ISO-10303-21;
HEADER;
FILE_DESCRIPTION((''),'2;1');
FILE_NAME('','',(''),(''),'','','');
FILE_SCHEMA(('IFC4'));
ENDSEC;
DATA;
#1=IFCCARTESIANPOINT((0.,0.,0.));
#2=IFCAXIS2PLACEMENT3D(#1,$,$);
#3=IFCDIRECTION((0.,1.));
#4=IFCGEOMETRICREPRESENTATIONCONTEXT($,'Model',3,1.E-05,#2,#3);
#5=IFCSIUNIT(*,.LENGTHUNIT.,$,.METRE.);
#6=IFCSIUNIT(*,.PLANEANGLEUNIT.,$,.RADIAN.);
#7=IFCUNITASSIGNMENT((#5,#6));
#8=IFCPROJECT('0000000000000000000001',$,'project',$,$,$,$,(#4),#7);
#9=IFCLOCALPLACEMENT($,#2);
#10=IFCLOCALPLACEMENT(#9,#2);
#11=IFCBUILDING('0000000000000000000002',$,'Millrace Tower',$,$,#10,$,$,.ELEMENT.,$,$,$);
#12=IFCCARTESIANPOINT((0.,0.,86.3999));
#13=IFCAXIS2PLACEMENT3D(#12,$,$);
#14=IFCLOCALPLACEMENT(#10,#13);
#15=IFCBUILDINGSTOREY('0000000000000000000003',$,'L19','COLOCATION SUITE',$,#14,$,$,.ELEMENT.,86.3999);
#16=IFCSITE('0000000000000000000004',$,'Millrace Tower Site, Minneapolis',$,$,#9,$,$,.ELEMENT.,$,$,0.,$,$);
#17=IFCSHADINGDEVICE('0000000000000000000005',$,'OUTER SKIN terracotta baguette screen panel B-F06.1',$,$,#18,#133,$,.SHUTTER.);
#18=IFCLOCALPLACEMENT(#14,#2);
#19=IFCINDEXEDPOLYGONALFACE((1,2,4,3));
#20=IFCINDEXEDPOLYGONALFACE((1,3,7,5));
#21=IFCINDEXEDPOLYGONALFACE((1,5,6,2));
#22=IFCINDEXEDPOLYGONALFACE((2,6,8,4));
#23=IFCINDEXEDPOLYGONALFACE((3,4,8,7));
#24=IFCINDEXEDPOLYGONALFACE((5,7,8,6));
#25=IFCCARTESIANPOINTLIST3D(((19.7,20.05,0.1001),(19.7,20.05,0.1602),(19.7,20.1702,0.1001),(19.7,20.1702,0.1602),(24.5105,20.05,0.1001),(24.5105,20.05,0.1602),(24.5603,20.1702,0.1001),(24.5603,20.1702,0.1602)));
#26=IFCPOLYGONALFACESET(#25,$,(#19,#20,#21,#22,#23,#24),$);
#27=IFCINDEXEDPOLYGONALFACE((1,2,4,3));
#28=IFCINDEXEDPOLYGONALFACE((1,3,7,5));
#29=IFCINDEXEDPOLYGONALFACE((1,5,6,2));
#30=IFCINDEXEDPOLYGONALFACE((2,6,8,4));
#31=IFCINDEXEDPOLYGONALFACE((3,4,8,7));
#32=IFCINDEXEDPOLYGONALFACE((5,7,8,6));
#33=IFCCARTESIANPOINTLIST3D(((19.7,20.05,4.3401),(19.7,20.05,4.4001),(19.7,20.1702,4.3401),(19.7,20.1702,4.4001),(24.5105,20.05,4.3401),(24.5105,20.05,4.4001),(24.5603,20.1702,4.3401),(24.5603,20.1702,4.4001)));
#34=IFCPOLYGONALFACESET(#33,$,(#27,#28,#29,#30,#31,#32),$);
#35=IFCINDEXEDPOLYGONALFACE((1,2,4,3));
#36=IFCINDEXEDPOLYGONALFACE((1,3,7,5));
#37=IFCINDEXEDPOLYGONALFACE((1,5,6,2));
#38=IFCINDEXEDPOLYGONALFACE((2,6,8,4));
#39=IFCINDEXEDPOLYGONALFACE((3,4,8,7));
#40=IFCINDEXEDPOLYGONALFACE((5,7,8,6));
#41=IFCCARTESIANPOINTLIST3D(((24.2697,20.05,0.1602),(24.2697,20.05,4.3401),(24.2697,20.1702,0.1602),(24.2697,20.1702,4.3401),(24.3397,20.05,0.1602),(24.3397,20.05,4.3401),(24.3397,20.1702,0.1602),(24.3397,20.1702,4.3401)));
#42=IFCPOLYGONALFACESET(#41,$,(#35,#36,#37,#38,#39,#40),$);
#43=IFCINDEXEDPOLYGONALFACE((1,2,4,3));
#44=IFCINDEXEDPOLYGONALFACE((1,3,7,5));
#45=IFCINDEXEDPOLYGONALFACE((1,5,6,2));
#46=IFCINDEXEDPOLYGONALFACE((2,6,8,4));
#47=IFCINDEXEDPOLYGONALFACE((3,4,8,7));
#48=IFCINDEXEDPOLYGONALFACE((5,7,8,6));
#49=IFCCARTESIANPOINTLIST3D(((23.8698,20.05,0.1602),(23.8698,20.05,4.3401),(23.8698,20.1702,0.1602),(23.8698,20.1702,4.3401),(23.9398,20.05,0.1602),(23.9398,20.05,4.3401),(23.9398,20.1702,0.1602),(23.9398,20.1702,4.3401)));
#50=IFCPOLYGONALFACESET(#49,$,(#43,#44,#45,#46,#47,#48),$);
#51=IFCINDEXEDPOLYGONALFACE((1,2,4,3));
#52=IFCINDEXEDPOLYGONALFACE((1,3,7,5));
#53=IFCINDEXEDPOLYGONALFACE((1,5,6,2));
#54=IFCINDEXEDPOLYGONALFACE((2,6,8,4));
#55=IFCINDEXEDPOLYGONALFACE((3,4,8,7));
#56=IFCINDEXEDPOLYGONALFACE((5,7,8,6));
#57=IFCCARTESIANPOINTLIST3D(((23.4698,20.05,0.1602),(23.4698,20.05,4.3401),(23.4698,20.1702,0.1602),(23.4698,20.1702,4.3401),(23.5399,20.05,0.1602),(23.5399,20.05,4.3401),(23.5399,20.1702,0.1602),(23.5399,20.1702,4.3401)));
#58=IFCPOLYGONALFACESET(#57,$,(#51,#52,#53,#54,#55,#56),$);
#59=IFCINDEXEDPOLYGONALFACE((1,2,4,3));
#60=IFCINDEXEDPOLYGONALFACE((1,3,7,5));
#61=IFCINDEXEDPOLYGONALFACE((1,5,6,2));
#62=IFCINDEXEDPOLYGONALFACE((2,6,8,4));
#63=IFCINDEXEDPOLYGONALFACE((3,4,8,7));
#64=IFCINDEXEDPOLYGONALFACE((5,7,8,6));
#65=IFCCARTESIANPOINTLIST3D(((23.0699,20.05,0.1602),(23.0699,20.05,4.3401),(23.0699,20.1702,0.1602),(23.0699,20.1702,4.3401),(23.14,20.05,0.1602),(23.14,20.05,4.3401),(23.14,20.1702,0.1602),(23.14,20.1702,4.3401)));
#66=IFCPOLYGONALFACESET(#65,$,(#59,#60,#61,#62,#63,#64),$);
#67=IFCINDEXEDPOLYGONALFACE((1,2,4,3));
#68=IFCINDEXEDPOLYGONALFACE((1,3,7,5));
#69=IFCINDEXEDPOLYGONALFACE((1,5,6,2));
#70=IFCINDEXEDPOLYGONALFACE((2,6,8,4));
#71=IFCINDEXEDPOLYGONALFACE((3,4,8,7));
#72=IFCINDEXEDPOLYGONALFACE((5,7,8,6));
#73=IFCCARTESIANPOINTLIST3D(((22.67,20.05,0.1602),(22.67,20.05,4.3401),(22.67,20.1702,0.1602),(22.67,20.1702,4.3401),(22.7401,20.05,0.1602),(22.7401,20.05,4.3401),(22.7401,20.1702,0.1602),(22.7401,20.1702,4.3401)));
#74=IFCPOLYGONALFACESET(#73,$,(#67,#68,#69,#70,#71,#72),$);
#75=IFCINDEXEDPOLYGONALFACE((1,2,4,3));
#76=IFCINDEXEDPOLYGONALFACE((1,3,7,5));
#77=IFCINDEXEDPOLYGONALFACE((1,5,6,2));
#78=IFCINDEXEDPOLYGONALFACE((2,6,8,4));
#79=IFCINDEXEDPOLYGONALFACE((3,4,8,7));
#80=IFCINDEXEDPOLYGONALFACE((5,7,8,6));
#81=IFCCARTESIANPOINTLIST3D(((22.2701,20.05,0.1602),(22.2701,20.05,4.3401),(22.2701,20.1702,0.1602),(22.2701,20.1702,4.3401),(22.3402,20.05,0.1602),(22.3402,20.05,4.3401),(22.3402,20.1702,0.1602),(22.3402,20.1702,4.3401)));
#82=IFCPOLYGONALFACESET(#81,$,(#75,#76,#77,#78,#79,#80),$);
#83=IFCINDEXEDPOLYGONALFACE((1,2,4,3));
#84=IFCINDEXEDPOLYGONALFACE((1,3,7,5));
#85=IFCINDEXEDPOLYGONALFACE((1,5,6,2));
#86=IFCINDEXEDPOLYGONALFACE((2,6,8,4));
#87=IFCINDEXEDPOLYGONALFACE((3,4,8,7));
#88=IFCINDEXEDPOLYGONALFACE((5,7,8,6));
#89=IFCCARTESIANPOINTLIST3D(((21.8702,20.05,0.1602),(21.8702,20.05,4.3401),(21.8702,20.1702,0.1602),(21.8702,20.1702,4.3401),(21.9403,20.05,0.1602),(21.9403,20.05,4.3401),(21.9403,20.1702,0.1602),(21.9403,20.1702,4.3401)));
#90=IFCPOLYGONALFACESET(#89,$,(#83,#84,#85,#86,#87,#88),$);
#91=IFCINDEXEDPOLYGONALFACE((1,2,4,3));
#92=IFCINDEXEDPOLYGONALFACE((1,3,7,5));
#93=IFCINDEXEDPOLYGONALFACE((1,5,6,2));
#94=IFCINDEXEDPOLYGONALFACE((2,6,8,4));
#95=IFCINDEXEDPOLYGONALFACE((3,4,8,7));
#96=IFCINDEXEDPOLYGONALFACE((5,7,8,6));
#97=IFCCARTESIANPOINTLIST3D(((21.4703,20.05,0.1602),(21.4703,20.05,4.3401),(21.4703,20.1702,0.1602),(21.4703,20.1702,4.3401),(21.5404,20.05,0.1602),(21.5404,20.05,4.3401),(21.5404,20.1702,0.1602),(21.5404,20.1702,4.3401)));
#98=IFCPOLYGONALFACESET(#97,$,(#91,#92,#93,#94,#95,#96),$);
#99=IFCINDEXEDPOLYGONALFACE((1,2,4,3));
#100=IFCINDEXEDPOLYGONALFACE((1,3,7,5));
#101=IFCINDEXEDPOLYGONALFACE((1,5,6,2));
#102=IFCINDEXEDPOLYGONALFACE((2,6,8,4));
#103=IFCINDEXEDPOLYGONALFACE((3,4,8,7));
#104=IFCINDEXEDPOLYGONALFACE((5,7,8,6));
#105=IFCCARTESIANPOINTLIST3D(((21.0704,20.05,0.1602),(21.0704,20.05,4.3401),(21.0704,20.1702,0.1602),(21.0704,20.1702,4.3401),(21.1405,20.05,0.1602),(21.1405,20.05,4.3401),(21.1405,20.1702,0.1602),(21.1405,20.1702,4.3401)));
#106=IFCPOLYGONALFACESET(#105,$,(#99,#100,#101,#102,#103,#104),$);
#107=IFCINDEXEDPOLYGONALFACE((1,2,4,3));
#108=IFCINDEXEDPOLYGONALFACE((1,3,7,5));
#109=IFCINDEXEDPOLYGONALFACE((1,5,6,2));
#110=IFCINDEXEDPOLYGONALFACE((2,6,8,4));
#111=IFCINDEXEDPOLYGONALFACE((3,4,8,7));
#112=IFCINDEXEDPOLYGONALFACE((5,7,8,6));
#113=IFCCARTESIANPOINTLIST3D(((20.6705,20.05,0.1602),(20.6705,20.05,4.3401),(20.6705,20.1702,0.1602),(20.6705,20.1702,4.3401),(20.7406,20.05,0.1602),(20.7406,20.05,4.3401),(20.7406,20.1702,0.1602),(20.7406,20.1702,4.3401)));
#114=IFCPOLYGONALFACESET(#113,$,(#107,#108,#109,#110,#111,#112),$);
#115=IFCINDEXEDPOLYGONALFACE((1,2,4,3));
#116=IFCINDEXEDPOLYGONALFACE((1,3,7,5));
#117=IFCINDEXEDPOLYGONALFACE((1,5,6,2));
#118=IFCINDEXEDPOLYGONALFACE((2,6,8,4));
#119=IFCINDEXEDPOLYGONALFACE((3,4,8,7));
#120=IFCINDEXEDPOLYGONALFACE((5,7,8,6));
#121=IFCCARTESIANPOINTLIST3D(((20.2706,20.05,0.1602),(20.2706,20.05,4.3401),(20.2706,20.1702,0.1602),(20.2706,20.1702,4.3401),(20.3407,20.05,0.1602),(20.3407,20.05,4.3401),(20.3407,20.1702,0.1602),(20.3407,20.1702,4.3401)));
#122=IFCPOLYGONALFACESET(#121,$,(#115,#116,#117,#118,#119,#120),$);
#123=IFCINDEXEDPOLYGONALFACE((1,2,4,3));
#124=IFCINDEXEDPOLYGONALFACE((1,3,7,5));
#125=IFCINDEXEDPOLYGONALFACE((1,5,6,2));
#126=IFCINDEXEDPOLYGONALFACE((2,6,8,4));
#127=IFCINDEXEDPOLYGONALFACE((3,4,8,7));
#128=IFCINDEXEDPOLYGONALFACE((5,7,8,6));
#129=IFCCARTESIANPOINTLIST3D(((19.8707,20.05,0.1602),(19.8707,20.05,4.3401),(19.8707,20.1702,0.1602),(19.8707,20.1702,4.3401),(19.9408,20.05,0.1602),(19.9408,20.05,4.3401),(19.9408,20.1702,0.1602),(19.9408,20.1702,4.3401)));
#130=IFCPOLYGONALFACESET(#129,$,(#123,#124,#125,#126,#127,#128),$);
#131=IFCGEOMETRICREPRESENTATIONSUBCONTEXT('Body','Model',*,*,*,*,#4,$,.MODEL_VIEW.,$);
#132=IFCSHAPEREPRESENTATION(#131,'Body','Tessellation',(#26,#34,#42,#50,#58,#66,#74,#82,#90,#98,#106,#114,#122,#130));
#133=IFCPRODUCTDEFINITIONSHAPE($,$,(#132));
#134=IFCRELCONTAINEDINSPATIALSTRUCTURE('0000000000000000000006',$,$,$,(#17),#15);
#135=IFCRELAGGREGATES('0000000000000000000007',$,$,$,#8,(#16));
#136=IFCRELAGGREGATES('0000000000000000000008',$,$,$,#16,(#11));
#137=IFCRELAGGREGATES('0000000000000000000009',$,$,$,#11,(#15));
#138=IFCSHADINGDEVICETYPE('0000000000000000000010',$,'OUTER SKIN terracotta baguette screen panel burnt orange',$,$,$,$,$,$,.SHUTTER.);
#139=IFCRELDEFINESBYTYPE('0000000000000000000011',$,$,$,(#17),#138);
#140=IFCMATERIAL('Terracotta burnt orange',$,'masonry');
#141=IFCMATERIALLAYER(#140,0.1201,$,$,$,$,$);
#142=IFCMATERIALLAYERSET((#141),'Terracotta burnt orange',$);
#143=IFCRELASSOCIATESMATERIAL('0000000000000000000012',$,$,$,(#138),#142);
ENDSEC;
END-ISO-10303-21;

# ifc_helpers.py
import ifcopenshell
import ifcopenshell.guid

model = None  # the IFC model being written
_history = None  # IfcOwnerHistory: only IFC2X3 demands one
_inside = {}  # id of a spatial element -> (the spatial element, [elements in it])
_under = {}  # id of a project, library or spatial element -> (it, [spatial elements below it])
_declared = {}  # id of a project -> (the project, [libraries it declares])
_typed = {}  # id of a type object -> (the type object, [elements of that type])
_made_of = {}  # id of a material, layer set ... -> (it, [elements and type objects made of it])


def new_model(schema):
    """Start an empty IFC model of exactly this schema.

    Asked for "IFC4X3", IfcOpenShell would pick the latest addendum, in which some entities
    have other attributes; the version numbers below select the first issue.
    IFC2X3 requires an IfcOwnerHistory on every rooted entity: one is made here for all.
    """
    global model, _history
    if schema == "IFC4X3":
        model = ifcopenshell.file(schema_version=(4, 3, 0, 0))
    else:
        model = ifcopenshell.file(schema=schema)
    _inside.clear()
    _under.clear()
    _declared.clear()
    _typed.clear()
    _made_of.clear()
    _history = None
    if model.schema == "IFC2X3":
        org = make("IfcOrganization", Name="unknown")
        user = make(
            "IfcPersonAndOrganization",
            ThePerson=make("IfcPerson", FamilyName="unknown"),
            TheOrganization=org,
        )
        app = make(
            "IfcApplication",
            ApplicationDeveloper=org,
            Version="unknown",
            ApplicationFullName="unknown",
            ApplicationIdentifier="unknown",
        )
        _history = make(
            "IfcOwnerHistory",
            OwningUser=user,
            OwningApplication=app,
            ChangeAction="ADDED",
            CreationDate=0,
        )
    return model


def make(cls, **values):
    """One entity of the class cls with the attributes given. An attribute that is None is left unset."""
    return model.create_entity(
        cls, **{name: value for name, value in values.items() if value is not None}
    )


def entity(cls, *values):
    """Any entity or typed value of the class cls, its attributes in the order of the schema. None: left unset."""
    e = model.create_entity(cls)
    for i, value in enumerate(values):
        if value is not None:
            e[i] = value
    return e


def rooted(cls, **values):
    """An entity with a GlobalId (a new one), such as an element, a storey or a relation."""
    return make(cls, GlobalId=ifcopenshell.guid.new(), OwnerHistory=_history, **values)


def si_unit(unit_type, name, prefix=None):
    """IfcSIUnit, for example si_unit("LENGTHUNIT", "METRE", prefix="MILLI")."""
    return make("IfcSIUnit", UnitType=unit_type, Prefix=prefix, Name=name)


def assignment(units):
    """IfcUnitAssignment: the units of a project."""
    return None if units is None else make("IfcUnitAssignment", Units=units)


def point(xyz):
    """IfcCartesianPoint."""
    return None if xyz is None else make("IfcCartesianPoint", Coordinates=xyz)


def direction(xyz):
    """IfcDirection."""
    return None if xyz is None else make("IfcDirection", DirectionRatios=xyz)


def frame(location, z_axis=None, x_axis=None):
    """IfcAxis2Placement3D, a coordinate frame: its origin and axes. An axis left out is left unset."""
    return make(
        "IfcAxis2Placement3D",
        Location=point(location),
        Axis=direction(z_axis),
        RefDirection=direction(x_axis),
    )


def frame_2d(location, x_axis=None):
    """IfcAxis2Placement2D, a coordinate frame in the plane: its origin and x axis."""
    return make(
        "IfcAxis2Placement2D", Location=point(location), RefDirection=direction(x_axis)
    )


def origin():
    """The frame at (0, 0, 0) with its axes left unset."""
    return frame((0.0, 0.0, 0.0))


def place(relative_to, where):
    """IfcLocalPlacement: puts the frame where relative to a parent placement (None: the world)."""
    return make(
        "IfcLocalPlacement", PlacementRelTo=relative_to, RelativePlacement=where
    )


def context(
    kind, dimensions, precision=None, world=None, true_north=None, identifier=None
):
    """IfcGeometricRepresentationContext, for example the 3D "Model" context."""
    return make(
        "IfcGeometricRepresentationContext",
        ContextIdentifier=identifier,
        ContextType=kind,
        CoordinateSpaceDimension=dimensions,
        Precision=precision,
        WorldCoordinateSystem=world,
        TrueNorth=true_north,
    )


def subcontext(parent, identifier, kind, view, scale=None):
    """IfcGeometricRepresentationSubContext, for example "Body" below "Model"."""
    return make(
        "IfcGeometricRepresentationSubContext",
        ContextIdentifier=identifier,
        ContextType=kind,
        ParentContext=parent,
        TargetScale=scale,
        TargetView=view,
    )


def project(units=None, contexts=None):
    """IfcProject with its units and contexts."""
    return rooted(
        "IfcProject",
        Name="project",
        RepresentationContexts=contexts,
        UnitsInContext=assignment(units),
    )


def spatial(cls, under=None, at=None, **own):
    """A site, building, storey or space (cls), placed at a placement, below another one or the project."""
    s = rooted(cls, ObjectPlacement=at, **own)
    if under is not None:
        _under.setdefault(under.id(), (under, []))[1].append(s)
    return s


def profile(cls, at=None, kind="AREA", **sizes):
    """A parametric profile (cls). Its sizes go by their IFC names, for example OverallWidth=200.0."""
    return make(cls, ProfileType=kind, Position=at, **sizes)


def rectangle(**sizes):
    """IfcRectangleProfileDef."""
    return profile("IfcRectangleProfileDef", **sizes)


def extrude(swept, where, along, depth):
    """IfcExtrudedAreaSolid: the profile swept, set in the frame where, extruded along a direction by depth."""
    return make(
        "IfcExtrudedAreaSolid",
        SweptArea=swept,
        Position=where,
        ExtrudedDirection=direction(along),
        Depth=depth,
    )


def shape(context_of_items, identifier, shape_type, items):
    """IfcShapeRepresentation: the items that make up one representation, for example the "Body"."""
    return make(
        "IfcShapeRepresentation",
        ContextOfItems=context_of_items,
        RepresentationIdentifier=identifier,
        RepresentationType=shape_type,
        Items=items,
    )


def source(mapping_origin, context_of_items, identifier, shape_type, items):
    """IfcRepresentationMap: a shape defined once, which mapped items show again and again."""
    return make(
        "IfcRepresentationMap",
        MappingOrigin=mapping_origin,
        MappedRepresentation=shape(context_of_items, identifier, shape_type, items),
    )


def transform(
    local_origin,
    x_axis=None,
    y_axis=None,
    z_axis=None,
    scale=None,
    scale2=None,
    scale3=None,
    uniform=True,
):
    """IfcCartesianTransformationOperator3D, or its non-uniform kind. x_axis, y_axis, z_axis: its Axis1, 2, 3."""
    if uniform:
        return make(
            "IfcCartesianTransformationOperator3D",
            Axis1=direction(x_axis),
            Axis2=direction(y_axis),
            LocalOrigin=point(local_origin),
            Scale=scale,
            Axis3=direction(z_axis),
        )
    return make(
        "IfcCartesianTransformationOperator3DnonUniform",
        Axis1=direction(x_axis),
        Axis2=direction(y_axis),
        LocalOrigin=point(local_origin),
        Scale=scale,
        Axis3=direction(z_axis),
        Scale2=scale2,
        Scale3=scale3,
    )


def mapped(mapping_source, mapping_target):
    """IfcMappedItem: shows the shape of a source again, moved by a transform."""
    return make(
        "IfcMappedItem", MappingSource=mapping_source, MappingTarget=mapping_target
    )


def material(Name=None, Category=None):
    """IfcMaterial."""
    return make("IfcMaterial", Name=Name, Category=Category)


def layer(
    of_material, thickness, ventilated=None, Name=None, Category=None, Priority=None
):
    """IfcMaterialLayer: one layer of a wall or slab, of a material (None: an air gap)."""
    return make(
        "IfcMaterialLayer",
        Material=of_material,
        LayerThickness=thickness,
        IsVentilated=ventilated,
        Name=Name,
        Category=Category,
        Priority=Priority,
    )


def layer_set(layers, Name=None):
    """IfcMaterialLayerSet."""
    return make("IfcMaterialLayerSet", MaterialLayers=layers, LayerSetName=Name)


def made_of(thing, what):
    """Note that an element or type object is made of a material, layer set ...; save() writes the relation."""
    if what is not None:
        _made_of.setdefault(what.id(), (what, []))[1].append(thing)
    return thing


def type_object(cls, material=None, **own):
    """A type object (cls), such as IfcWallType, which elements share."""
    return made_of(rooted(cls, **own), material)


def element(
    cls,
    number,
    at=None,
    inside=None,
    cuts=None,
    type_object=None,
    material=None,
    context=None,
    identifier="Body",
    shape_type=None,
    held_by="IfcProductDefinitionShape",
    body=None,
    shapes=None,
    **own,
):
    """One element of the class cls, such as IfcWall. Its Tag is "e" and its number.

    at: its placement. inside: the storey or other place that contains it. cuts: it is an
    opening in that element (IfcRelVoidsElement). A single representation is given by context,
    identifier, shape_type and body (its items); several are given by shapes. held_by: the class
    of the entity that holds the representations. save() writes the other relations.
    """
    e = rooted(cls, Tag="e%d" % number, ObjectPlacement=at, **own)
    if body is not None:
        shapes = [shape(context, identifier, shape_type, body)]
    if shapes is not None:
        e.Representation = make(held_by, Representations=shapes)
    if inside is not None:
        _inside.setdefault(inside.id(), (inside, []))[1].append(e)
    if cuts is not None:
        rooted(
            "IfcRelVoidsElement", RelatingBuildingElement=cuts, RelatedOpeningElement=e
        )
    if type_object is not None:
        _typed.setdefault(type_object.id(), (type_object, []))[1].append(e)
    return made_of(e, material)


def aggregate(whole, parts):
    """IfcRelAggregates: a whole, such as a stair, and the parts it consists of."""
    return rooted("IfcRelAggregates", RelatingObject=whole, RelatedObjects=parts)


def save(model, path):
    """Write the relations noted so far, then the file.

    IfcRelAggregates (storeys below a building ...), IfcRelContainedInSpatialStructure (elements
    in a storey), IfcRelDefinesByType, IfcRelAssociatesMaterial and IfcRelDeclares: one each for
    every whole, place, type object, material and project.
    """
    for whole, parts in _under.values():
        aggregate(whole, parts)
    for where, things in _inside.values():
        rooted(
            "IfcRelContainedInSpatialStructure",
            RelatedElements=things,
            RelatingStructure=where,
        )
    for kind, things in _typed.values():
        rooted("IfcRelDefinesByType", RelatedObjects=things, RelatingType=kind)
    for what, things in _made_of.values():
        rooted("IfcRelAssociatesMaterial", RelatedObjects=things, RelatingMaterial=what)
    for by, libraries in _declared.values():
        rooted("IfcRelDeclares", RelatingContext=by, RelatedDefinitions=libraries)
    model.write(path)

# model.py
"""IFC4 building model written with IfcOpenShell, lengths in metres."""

from ifc_helpers import new_model, entity, si_unit, direction, frame, frame_2d, origin, place, context, subcontext, project, spatial, rectangle, extrude, source, transform, mapped, material, layer, layer_set, type_object, element, save


model = new_model("IFC4")

# Units and contexts
model_context = context("Model", 3, precision=1e-05, world=origin(), true_north=direction((0.0, 1.0)))
body_context = subcontext(model_context, "Body", "Model", "MODEL_VIEW")
ifc_project = project(units=[si_unit("LENGTHUNIT", "METRE"), si_unit("PLANEANGLEUNIT", "RADIAN")], contexts=[model_context])

# Site, building, storey
site_placement = place(None, origin())
site = spatial("IfcSite", under=ifc_project, at=site_placement, Name="Millrace Tower Site, Minneapolis", CompositionType="ELEMENT", RefElevation=0.0)
building_placement = place(site_placement, origin())
building = spatial("IfcBuilding", under=site, at=building_placement, Name="Millrace Tower", CompositionType="ELEMENT")
storey_placement = place(building_placement, frame((0.0, 0.0, 86.3999)))
storey = spatial("IfcBuildingStorey", under=building, at=storey_placement, Name="L19", Description="COLOCATION SUITE", CompositionType="ELEMENT", Elevation=86.3999)

# Shading device
ifc_material_1 = material(Name="Terracotta burnt orange", Category="masonry")
ifc_layer_1 = layer(ifc_material_1, 0.1201)
ifc_layer_set_1 = layer_set([ifc_layer_1], Name="Terracotta burnt orange")
shading_device_type = type_object("IfcShadingDeviceType", Name="OUTER SKIN terracotta baguette screen panel burnt orange", PredefinedType="SHUTTER", material=ifc_layer_set_1)
cartesian_point_1 = entity("IfcCartesianPoint", [-2.3928, 0.0601])
shared_polyline_1 = entity("IfcPolyline", [cartesian_point_1, entity("IfcCartesianPoint", [2.4177, 0.0601]), entity("IfcCartesianPoint", [2.4177, -0.0601]), entity("IfcCartesianPoint", [-2.4426, -0.0601]), cartesian_point_1])
shared_shape_1 = source(origin(), body_context, "Body", "SweptSolid", [
    entity("IfcExtrudedAreaSolid", entity("IfcArbitraryClosedProfileDef", "AREA", None, shared_polyline_1), entity("IfcAxis2Placement3D", entity("IfcCartesianPoint", [0.0, 0.0, 0.0])), entity("IfcDirection", [0.0, 0.0, 1.0]), 0.0601),
    entity("IfcExtrudedAreaSolid", entity("IfcArbitraryClosedProfileDef", "AREA", None, shared_polyline_1), entity("IfcAxis2Placement3D", entity("IfcCartesianPoint", [0.0, 0.0, 4.24])), entity("IfcDirection", [0.0, 0.0, 1.0]), 0.0601),
    extrude(rectangle(XDim=0.0701, YDim=0.1201, at=frame_2d((-2.187, 0.0))), frame((0.0, 0.0, 0.0601)), (0.0, 0.0, 1.0), 4.1799),
    extrude(rectangle(XDim=0.0701, YDim=0.1201, at=frame_2d((-1.7871, 0.0))), frame((0.0, 0.0, 0.0601)), (0.0, 0.0, 1.0), 4.1799),
    extrude(rectangle(XDim=0.0701, YDim=0.1201, at=frame_2d((-1.3872, 0.0))), frame((0.0, 0.0, 0.0601)), (0.0, 0.0, 1.0), 4.1799),
    extrude(rectangle(XDim=0.0701, YDim=0.1201, at=frame_2d((-0.9873, 0.0))), frame((0.0, 0.0, 0.0601)), (0.0, 0.0, 1.0), 4.1799),
    extrude(rectangle(XDim=0.0701, YDim=0.1201, at=frame_2d((-0.5874, 0.0))), frame((0.0, 0.0, 0.0601)), (0.0, 0.0, 1.0), 4.1799),
    extrude(rectangle(XDim=0.0701, YDim=0.1201, at=frame_2d((-0.1875, 0.0))), frame((0.0, 0.0, 0.0601)), (0.0, 0.0, 1.0), 4.1799),
    extrude(rectangle(XDim=0.0701, YDim=0.1201, at=frame_2d((0.2124, 0.0))), frame((0.0, 0.0, 0.0601)), (0.0, 0.0, 1.0), 4.1799),
    extrude(rectangle(XDim=0.0701, YDim=0.1201, at=frame_2d((0.6123, 0.0))), frame((0.0, 0.0, 0.0601)), (0.0, 0.0, 1.0), 4.1799),
    extrude(rectangle(XDim=0.0701, YDim=0.1201, at=frame_2d((1.0122, 0.0))), frame((0.0, 0.0, 0.0601)), (0.0, 0.0, 1.0), 4.1799),
    extrude(rectangle(XDim=0.0701, YDim=0.1201, at=frame_2d((1.4121, 0.0))), frame((0.0, 0.0, 0.0601)), (0.0, 0.0, 1.0), 4.1799),
    extrude(rectangle(XDim=0.0701, YDim=0.1201, at=frame_2d((1.812, 0.0))), frame((0.0, 0.0, 0.0601)), (0.0, 0.0, 1.0), 4.1799),
    extrude(rectangle(XDim=0.0701, YDim=0.1201, at=frame_2d((2.2119, 0.0))), frame((0.0, 0.0, 0.0601)), (0.0, 0.0, 1.0), 4.1799),
])
shading_device_1_placement = place(storey_placement, frame((22.1177, 20.1101, 0.1001), z_axis=(0.0, 0.0, 1.0), x_axis=(-1.0, 0.0, 0.0)))
element("IfcShadingDevice", 1, at=shading_device_1_placement, inside=storey, type_object=shading_device_type, Name="OUTER SKIN terracotta baguette screen panel B-F06.1", PredefinedType="SHUTTER", context=body_context, shape_type="MappedRepresentation", body=[
    mapped(shared_shape_1, transform((0.0, 0.0, 0.0), scale=1.0)),
])

save(model, "model.ifc")
